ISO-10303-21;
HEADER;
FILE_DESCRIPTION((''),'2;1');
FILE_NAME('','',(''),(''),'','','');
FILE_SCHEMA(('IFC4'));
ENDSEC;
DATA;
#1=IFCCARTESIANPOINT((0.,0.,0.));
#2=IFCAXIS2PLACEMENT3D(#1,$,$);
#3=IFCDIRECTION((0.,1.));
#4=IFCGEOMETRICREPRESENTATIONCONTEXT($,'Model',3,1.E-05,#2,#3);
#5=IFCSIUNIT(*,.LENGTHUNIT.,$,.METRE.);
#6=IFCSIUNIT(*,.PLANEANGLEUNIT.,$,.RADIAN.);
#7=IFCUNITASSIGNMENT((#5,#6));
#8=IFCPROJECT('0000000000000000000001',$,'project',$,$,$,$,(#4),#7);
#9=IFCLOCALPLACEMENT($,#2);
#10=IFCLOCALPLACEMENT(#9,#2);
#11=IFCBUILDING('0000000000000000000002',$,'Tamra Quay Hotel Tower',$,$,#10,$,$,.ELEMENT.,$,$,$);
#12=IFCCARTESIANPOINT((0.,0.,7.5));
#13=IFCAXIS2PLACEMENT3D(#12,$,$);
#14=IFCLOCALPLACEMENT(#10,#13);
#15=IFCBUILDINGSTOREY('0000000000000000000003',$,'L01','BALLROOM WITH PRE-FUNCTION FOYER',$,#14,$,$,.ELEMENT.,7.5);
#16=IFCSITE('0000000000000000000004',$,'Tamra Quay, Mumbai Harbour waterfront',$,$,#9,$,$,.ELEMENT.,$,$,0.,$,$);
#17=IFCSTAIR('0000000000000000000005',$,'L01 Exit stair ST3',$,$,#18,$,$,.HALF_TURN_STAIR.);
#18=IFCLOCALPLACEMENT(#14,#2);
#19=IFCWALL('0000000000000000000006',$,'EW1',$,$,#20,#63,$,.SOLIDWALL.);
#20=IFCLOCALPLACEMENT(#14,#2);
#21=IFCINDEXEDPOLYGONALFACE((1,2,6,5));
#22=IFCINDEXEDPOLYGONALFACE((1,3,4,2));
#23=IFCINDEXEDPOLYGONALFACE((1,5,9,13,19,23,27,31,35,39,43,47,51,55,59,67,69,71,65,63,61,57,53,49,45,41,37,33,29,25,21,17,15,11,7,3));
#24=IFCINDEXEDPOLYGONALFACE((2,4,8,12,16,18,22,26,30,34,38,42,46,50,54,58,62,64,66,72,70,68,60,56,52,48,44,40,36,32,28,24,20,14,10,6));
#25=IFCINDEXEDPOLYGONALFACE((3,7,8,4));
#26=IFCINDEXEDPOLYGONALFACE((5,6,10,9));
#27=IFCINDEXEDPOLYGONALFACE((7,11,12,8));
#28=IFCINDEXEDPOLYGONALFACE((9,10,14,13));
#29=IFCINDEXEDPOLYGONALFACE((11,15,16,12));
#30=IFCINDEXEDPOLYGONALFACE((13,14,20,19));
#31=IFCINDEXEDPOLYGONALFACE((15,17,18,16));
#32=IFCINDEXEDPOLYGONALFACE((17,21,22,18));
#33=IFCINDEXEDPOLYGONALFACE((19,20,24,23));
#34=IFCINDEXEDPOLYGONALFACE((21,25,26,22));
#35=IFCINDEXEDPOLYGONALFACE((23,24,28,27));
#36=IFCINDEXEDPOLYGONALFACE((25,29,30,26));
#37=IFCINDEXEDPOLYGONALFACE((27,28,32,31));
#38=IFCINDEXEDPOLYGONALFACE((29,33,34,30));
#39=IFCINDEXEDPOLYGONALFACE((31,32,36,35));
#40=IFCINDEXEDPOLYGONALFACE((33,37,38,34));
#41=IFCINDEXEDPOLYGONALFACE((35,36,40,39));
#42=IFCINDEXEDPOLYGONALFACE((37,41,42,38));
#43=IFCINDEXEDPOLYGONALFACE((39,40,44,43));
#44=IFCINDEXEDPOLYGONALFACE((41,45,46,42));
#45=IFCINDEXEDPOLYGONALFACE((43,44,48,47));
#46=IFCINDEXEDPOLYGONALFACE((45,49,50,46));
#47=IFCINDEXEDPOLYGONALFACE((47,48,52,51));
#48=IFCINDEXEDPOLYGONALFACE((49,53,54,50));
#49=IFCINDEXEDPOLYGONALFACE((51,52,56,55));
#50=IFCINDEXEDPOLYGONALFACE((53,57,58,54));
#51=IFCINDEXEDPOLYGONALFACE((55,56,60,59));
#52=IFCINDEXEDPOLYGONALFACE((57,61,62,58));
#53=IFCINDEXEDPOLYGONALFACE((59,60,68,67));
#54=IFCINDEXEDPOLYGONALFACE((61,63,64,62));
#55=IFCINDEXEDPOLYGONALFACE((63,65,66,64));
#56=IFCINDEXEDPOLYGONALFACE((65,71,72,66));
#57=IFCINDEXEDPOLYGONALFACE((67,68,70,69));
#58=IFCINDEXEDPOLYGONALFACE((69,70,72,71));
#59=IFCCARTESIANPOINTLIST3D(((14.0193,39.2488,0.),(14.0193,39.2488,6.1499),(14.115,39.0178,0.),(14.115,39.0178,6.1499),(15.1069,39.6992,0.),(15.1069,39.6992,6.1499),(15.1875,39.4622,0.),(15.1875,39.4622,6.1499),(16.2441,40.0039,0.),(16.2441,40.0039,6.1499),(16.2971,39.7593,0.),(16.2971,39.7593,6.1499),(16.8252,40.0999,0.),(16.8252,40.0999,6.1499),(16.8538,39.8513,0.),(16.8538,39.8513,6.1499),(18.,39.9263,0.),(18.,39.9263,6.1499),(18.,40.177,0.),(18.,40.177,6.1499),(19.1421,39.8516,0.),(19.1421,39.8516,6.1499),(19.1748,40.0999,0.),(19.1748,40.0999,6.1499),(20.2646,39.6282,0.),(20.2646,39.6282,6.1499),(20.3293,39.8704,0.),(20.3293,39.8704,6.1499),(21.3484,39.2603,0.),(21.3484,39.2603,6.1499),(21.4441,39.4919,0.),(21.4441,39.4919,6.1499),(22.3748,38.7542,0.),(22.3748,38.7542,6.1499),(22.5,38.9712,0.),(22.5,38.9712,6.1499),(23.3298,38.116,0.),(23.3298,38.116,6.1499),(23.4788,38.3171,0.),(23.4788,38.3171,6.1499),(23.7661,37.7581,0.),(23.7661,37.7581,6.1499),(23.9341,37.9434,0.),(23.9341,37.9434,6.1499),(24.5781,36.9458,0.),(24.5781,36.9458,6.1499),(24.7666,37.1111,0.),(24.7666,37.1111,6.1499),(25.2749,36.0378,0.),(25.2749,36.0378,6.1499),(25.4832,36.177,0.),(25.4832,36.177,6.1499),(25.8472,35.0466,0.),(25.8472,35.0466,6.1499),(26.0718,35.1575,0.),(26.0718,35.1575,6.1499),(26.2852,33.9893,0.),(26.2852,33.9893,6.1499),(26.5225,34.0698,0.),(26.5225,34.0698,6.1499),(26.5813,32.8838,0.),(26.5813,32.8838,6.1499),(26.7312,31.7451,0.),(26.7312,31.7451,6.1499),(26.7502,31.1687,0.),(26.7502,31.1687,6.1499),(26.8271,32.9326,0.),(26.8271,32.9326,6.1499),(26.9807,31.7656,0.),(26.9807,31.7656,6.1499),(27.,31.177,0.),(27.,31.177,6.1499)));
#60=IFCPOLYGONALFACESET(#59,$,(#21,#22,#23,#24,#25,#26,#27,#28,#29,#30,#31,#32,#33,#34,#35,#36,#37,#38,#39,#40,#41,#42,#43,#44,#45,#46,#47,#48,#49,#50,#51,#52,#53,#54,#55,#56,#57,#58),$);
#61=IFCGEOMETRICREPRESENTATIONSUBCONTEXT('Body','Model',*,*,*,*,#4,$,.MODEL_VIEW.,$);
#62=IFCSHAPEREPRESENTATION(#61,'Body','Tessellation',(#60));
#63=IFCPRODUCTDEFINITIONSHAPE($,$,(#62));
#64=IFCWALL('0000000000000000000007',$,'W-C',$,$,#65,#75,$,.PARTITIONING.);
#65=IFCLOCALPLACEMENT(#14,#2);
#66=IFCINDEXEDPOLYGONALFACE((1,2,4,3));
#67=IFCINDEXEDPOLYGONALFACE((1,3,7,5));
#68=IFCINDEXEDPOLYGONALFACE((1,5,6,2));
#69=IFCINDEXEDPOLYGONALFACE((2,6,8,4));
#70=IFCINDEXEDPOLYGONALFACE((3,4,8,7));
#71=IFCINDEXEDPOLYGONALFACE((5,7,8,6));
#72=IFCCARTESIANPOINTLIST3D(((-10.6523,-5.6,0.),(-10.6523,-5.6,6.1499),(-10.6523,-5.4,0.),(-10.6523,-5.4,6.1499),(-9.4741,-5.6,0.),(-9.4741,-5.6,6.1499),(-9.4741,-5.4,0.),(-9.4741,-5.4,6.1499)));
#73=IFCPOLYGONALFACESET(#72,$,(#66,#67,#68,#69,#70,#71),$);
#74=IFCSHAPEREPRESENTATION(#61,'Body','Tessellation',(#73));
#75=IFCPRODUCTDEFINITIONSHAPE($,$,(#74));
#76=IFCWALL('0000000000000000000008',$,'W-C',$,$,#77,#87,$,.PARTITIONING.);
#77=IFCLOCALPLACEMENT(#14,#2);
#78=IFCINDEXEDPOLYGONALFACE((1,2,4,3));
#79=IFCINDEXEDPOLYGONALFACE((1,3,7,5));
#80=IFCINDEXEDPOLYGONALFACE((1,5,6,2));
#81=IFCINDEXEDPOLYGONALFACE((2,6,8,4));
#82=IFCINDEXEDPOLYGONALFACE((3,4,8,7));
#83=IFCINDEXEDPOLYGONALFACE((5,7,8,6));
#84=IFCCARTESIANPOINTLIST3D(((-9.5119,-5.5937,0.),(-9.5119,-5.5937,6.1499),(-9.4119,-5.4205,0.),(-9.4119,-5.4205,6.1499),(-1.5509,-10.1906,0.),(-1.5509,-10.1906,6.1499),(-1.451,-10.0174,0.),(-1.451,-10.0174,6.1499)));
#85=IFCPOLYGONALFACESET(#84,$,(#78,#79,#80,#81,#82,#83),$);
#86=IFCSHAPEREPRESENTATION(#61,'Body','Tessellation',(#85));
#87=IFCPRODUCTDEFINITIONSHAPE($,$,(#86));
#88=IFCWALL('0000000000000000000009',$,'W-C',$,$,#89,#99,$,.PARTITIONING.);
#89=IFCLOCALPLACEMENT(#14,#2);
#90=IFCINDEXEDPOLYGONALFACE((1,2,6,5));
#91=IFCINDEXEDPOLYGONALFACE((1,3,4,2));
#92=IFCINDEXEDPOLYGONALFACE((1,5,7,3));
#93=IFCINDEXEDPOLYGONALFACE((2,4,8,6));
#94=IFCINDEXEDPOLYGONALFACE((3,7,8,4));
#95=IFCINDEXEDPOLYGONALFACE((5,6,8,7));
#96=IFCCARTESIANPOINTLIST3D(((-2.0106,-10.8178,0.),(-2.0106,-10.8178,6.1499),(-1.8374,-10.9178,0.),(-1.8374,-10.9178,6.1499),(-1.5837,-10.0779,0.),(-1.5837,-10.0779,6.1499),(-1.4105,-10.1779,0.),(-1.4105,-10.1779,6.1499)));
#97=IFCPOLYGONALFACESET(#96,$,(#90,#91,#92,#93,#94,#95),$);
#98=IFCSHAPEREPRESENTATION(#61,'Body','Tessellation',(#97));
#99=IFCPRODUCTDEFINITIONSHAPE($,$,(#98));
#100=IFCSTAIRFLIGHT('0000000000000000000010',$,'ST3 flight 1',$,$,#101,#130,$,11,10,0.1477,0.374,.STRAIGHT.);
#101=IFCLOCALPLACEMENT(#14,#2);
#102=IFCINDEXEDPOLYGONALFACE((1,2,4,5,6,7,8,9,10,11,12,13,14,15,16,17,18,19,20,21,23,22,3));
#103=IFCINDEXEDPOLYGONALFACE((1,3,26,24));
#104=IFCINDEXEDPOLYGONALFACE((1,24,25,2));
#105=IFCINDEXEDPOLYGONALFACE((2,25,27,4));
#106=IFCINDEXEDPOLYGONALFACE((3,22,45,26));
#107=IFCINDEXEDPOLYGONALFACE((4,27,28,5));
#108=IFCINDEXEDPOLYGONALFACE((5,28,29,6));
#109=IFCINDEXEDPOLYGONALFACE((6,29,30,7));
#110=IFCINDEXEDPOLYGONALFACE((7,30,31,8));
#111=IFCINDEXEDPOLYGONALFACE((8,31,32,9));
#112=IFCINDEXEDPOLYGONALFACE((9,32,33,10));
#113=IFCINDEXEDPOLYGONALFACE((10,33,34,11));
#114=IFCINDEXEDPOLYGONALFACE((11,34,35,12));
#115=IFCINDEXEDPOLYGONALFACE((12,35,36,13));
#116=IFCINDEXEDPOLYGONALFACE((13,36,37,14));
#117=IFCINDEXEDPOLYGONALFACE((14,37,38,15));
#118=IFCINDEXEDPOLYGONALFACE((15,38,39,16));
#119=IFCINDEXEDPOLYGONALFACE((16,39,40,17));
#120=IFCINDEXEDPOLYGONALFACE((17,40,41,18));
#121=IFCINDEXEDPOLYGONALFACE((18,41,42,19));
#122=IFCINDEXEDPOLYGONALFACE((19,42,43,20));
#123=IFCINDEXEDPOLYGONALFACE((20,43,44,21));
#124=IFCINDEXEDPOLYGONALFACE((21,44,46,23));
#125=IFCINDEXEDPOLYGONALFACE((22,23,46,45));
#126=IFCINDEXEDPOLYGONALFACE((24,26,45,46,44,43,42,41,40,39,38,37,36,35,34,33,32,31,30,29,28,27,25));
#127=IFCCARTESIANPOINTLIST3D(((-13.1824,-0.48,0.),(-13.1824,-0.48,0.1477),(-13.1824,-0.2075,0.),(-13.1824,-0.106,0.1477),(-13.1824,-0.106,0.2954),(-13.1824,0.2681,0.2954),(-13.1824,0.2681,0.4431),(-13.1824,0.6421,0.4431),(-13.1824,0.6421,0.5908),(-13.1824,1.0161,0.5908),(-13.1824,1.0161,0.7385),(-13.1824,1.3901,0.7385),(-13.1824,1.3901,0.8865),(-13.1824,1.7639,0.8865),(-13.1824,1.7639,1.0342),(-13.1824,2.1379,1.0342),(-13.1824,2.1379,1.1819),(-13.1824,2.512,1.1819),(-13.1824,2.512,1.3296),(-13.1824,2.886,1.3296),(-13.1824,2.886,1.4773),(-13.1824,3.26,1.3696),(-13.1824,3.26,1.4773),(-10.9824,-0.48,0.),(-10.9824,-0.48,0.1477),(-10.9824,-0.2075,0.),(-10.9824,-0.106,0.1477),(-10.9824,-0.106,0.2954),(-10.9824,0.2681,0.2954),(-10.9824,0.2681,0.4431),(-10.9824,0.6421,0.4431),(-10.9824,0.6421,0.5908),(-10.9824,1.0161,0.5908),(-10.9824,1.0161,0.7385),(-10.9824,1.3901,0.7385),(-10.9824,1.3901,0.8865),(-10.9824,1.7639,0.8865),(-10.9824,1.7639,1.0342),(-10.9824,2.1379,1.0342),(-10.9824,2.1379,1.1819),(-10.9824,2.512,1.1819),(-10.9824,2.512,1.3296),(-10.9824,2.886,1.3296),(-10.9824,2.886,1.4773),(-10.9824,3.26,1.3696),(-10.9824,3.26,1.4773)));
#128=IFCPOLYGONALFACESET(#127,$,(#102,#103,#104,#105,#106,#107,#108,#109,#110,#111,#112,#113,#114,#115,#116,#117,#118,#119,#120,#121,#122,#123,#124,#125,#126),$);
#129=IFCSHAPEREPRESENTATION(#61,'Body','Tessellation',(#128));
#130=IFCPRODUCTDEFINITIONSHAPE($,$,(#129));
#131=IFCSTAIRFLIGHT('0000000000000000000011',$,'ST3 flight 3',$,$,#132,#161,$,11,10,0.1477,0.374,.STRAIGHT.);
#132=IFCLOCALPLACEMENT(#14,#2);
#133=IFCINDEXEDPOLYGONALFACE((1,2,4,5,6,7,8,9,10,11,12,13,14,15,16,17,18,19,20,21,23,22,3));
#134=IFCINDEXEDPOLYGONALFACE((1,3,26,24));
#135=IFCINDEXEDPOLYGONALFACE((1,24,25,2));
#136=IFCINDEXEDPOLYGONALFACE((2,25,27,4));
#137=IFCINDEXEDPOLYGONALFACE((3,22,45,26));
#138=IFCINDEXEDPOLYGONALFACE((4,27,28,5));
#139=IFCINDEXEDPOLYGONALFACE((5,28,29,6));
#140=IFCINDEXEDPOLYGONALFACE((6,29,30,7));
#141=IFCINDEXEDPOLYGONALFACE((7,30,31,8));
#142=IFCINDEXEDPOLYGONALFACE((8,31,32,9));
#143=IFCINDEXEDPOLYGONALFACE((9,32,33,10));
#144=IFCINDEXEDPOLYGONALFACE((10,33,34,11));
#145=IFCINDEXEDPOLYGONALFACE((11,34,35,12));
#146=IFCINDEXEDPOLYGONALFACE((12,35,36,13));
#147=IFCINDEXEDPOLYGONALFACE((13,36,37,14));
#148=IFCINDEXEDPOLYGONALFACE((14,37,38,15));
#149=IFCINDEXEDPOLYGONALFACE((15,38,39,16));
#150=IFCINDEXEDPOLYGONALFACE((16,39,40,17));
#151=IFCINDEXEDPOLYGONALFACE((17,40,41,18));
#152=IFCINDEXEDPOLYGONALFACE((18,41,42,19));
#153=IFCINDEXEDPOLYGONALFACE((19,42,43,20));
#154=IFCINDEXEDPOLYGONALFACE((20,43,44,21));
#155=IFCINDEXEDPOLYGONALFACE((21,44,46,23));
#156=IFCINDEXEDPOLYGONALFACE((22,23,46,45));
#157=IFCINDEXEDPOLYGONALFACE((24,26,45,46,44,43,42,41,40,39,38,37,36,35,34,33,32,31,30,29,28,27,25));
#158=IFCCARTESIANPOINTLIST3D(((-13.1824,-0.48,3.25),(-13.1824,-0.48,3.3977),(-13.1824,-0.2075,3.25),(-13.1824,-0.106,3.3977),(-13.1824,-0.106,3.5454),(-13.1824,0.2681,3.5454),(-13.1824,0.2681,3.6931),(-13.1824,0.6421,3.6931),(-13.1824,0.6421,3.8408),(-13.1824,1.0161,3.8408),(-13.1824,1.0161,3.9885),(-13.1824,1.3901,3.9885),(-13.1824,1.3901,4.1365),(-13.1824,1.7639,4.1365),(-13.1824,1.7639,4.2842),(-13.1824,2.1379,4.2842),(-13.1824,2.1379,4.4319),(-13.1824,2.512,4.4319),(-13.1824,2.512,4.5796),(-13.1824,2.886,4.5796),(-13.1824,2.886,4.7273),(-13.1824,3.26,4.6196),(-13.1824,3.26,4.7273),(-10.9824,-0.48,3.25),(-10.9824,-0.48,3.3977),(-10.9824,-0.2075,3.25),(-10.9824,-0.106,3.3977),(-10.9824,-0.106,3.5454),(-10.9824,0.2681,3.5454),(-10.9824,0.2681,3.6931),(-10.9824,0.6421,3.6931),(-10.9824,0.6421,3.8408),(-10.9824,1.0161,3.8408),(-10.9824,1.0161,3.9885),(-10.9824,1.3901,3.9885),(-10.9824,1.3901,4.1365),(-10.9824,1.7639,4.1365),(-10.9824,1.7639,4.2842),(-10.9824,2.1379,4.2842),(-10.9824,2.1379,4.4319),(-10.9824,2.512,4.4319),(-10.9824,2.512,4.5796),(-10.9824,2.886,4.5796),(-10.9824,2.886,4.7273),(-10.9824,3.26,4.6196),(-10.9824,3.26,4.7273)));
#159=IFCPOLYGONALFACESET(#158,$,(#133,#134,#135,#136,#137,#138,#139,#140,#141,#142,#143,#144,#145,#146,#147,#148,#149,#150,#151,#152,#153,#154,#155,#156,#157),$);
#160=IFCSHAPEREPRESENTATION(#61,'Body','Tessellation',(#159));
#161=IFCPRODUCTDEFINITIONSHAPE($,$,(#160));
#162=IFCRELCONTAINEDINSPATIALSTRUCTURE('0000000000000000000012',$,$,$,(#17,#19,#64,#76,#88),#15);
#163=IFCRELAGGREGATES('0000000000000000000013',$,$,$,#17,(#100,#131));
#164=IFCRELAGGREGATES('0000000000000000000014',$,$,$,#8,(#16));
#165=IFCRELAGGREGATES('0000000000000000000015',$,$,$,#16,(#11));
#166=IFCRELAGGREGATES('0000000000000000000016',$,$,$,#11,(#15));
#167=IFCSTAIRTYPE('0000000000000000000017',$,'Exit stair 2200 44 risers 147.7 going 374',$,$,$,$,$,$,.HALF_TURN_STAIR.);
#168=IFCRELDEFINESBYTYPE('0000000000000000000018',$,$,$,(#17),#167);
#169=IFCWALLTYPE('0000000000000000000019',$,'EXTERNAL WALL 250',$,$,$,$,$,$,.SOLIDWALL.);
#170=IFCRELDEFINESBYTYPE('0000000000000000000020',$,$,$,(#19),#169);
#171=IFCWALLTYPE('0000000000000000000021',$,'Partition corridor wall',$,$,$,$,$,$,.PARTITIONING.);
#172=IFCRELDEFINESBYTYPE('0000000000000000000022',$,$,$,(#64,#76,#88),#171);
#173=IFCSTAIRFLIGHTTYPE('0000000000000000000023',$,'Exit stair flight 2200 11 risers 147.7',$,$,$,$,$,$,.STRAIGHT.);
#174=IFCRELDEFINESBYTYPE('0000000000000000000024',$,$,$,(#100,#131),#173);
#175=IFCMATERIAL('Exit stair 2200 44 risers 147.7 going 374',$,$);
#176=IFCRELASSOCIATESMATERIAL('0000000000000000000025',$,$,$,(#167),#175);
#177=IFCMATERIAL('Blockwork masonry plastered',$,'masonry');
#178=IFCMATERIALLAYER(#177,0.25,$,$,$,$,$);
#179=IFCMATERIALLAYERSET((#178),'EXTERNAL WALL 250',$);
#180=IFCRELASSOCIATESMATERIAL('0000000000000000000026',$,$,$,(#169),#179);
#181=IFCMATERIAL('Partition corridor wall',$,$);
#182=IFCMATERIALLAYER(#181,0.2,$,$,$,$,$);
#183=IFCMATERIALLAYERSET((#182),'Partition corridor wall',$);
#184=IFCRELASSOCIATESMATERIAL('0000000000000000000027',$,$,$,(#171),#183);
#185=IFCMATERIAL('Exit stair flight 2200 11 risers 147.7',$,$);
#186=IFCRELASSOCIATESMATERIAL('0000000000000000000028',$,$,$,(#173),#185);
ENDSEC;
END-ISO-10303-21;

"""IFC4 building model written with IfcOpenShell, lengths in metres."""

from ifc_helpers import new_model, si_unit, direction, frame, frame_2d, origin, place, context, subcontext, project, spatial, polyline, rectangle, outline, extrude, material, layer, layer_set, type_object, element, aggregate, save


model = new_model("IFC4")

# Units and contexts
model_context = context("Model", 3, precision=1e-05, world=origin(), true_north=direction((0.0, 1.0)))
body_context = subcontext(model_context, "Body", "Model", "MODEL_VIEW")
ifc_project = project(units=[si_unit("LENGTHUNIT", "METRE"), si_unit("PLANEANGLEUNIT", "RADIAN")], contexts=[model_context])

# Site, building, storey
site_placement = place(None, origin())
site = spatial("IfcSite", under=ifc_project, at=site_placement, Name="Tamra Quay, Mumbai Harbour waterfront", CompositionType="ELEMENT", RefElevation=0.0)
building_placement = place(site_placement, origin())
building = spatial("IfcBuilding", under=site, at=building_placement, Name="Tamra Quay Hotel Tower", CompositionType="ELEMENT")
storey_placement = place(building_placement, frame((0.0, 0.0, 7.5)))
storey = spatial("IfcBuildingStorey", under=building, at=storey_placement, Name="L01", Description="BALLROOM WITH PRE-FUNCTION FOYER", CompositionType="ELEMENT", Elevation=7.5)

# Stair
ifc_material_1 = material(Name="Exit stair 2200 44 risers 147.7 going 374")
stair_type = type_object("IfcStairType", Name="Exit stair 2200 44 risers 147.7 going 374", PredefinedType="HALF_TURN_STAIR", material=ifc_material_1)
stair_1_placement = place(storey_placement, origin())
stair_1 = element("IfcStair", 1, at=stair_1_placement, inside=storey, type_object=stair_type, Name="L01 Exit stair ST3", PredefinedType="HALF_TURN_STAIR")

# Walls
ifc_material_2 = material(Name="Blockwork masonry plastered", Category="masonry")
ifc_layer_1 = layer(ifc_material_2, 0.25)
ifc_layer_set_1 = layer_set([ifc_layer_1], Name="EXTERNAL WALL 250")
wall_type_1 = type_object("IfcWallType", Name="EXTERNAL WALL 250", PredefinedType="SOLIDWALL", material=ifc_layer_set_1)
wall_1_placement = place(storey_placement, origin())
element("IfcWall", 2, at=wall_1_placement, inside=storey, type_object=wall_type_1, Name="EW1", PredefinedType="SOLIDWALL", context=body_context, shape_type="SweptSolid", body=[
    extrude(outline(polyline([(27.0, 31.177), (26.9807, 31.7656), (26.8271, 32.9326), (26.5225, 34.0698), (26.0718, 35.1575), (25.4832, 36.177), (24.7666, 37.1111), (23.9341, 37.9434), (23.4788, 38.3171), (22.5, 38.9712), (21.4441, 39.4919), (20.3293, 39.8704), (19.1748, 40.0999), (18.0, 40.177), (16.8252, 40.0999), (16.2441, 40.0039), (15.1069, 39.6992), (14.0193, 39.2488), (14.115, 39.0178), (15.1875, 39.4622), (16.2971, 39.7593), (16.8538, 39.8513), (18.0, 39.9263), (19.1421, 39.8516), (20.2646, 39.6282), (21.3484, 39.2603), (22.3748, 38.7542), (23.3298, 38.116), (23.7661, 37.7581), (24.5781, 36.9458), (25.2749, 36.0378), (25.8472, 35.0466), (26.2852, 33.9893), (26.5813, 32.8838), (26.7312, 31.7451), (26.7502, 31.1687), (27.0, 31.177)])), origin(), (0.0, 0.0, 1.0), 6.1499),
])
ifc_material_3 = material(Name="Partition corridor wall")
ifc_layer_2 = layer(ifc_material_3, 0.2)
ifc_layer_set_2 = layer_set([ifc_layer_2], Name="Partition corridor wall")
wall_type_2 = type_object("IfcWallType", Name="Partition corridor wall", PredefinedType="PARTITIONING", material=ifc_layer_set_2)
wall_2_placement = place(storey_placement, frame((-10.6523, -5.5, 0.0), z_axis=(0.0, 0.0, 1.0), x_axis=(1.0, 0.0, 0.0)))
element("IfcWall", 3, at=wall_2_placement, inside=storey, type_object=wall_type_2, Name="W-C", PredefinedType="PARTITIONING", context=body_context, shape_type="SweptSolid", body=[
    extrude(rectangle(XDim=1.1782, YDim=0.2, at=frame_2d((0.5891, 0.0))), origin(), (0.0, 0.0, 1.0), 6.1499),
])
wall_3_placement = place(storey_placement, frame((-9.4619, -5.5071, 0.0), z_axis=(0.0, 0.0, 1.0), x_axis=(0.865994, -0.500055, 0.0)))
element("IfcWall", 4, at=wall_3_placement, inside=storey, type_object=wall_type_2, Name="W-C", PredefinedType="PARTITIONING", context=body_context, shape_type="SweptSolid", body=[
    extrude(rectangle(XDim=9.1929, YDim=0.2, at=frame_2d((4.5964, 0.0))), origin(), (0.0, 0.0, 1.0), 6.1499),
])
wall_4_placement = place(storey_placement, frame((-1.9241, -10.8679, 0.0), z_axis=(0.0, 0.0, 1.0), x_axis=(0.499797, 0.866143, 0.0)))
element("IfcWall", 5, at=wall_4_placement, inside=storey, type_object=wall_type_2, Name="W-C", PredefinedType="PARTITIONING", context=body_context, shape_type="SweptSolid", body=[
    extrude(rectangle(XDim=0.8542, YDim=0.2, at=frame_2d((0.4272, 0.0))), origin(), (0.0, 0.0, 1.0), 6.1499),
])

# Stair flights
ifc_material_4 = material(Name="Exit stair flight 2200 11 risers 147.7")
stair_flight_type = type_object("IfcStairFlightType", Name="Exit stair flight 2200 11 risers 147.7", PredefinedType="STRAIGHT", material=ifc_material_4)
stair_flight_1_placement = place(storey_placement, frame((-12.0823, -0.48, 0.0), z_axis=(0.0, 0.0, 1.0), x_axis=(0.0, 1.0, 0.0)))
stair_flight_1 = element("IfcStairFlight", 6, at=stair_flight_1_placement, type_object=stair_flight_type, Name="ST3 flight 1", NumberOfRisers=11, NumberOfTreads=10, PredefinedType="STRAIGHT", RiserHeight=0.1477, TreadLength=0.374, context=body_context, shape_type="SweptSolid", body=[
    extrude(outline(polyline([(0.0, 0.0), (0.0, 0.1477), (0.374, 0.1477), (0.374, 0.2954), (0.748, 0.2954), (0.748, 0.4431), (1.1221, 0.4431), (1.1221, 0.5908), (1.4961, 0.5908), (1.4961, 0.7385), (1.8701, 0.7385), (1.8701, 0.8865), (2.2439, 0.8865), (2.2439, 1.0342), (2.6179, 1.0342), (2.6179, 1.1819), (2.9919, 1.1819), (2.9919, 1.3296), (3.366, 1.3296), (3.366, 1.4773), (3.74, 1.4773), (3.74, 1.625), (3.74, 1.3696), (0.2725, 0.0), (0.0, 0.0)])), frame((0.0, 1.1001, 0.0), z_axis=(0.0, -1.0, 0.0), x_axis=(1.0, 0.0, 0.0)), (0.0, 0.0, 1.0), 2.2),
])
stair_flight_2_placement = place(storey_placement, frame((-12.0823, -0.48, 3.25), z_axis=(0.0, 0.0, 1.0), x_axis=(0.0, 1.0, 0.0)))
stair_flight_2 = element("IfcStairFlight", 7, at=stair_flight_2_placement, type_object=stair_flight_type, Name="ST3 flight 3", NumberOfRisers=11, NumberOfTreads=10, PredefinedType="STRAIGHT", RiserHeight=0.1477, TreadLength=0.374, context=body_context, shape_type="SweptSolid", body=[
    extrude(outline(polyline([(0.0, 0.0), (0.0, 0.1477), (0.374, 0.1477), (0.374, 0.2954), (0.748, 0.2954), (0.748, 0.4431), (1.1221, 0.4431), (1.1221, 0.5908), (1.4961, 0.5908), (1.4961, 0.7385), (1.8701, 0.7385), (1.8701, 0.8865), (2.2439, 0.8865), (2.2439, 1.0342), (2.6179, 1.0342), (2.6179, 1.1819), (2.9919, 1.1819), (2.9919, 1.3296), (3.366, 1.3296), (3.366, 1.4773), (3.74, 1.4773), (3.74, 1.625), (3.74, 1.3696), (0.2725, 0.0), (0.0, 0.0)])), frame((0.0, 1.1001, 0.0), z_axis=(0.0, -1.0, 0.0), x_axis=(1.0, 0.0, 0.0)), (0.0, 0.0, 1.0), 2.2),
])
aggregate(stair_1, [stair_flight_1, stair_flight_2])

save(model, "model.ifc")
